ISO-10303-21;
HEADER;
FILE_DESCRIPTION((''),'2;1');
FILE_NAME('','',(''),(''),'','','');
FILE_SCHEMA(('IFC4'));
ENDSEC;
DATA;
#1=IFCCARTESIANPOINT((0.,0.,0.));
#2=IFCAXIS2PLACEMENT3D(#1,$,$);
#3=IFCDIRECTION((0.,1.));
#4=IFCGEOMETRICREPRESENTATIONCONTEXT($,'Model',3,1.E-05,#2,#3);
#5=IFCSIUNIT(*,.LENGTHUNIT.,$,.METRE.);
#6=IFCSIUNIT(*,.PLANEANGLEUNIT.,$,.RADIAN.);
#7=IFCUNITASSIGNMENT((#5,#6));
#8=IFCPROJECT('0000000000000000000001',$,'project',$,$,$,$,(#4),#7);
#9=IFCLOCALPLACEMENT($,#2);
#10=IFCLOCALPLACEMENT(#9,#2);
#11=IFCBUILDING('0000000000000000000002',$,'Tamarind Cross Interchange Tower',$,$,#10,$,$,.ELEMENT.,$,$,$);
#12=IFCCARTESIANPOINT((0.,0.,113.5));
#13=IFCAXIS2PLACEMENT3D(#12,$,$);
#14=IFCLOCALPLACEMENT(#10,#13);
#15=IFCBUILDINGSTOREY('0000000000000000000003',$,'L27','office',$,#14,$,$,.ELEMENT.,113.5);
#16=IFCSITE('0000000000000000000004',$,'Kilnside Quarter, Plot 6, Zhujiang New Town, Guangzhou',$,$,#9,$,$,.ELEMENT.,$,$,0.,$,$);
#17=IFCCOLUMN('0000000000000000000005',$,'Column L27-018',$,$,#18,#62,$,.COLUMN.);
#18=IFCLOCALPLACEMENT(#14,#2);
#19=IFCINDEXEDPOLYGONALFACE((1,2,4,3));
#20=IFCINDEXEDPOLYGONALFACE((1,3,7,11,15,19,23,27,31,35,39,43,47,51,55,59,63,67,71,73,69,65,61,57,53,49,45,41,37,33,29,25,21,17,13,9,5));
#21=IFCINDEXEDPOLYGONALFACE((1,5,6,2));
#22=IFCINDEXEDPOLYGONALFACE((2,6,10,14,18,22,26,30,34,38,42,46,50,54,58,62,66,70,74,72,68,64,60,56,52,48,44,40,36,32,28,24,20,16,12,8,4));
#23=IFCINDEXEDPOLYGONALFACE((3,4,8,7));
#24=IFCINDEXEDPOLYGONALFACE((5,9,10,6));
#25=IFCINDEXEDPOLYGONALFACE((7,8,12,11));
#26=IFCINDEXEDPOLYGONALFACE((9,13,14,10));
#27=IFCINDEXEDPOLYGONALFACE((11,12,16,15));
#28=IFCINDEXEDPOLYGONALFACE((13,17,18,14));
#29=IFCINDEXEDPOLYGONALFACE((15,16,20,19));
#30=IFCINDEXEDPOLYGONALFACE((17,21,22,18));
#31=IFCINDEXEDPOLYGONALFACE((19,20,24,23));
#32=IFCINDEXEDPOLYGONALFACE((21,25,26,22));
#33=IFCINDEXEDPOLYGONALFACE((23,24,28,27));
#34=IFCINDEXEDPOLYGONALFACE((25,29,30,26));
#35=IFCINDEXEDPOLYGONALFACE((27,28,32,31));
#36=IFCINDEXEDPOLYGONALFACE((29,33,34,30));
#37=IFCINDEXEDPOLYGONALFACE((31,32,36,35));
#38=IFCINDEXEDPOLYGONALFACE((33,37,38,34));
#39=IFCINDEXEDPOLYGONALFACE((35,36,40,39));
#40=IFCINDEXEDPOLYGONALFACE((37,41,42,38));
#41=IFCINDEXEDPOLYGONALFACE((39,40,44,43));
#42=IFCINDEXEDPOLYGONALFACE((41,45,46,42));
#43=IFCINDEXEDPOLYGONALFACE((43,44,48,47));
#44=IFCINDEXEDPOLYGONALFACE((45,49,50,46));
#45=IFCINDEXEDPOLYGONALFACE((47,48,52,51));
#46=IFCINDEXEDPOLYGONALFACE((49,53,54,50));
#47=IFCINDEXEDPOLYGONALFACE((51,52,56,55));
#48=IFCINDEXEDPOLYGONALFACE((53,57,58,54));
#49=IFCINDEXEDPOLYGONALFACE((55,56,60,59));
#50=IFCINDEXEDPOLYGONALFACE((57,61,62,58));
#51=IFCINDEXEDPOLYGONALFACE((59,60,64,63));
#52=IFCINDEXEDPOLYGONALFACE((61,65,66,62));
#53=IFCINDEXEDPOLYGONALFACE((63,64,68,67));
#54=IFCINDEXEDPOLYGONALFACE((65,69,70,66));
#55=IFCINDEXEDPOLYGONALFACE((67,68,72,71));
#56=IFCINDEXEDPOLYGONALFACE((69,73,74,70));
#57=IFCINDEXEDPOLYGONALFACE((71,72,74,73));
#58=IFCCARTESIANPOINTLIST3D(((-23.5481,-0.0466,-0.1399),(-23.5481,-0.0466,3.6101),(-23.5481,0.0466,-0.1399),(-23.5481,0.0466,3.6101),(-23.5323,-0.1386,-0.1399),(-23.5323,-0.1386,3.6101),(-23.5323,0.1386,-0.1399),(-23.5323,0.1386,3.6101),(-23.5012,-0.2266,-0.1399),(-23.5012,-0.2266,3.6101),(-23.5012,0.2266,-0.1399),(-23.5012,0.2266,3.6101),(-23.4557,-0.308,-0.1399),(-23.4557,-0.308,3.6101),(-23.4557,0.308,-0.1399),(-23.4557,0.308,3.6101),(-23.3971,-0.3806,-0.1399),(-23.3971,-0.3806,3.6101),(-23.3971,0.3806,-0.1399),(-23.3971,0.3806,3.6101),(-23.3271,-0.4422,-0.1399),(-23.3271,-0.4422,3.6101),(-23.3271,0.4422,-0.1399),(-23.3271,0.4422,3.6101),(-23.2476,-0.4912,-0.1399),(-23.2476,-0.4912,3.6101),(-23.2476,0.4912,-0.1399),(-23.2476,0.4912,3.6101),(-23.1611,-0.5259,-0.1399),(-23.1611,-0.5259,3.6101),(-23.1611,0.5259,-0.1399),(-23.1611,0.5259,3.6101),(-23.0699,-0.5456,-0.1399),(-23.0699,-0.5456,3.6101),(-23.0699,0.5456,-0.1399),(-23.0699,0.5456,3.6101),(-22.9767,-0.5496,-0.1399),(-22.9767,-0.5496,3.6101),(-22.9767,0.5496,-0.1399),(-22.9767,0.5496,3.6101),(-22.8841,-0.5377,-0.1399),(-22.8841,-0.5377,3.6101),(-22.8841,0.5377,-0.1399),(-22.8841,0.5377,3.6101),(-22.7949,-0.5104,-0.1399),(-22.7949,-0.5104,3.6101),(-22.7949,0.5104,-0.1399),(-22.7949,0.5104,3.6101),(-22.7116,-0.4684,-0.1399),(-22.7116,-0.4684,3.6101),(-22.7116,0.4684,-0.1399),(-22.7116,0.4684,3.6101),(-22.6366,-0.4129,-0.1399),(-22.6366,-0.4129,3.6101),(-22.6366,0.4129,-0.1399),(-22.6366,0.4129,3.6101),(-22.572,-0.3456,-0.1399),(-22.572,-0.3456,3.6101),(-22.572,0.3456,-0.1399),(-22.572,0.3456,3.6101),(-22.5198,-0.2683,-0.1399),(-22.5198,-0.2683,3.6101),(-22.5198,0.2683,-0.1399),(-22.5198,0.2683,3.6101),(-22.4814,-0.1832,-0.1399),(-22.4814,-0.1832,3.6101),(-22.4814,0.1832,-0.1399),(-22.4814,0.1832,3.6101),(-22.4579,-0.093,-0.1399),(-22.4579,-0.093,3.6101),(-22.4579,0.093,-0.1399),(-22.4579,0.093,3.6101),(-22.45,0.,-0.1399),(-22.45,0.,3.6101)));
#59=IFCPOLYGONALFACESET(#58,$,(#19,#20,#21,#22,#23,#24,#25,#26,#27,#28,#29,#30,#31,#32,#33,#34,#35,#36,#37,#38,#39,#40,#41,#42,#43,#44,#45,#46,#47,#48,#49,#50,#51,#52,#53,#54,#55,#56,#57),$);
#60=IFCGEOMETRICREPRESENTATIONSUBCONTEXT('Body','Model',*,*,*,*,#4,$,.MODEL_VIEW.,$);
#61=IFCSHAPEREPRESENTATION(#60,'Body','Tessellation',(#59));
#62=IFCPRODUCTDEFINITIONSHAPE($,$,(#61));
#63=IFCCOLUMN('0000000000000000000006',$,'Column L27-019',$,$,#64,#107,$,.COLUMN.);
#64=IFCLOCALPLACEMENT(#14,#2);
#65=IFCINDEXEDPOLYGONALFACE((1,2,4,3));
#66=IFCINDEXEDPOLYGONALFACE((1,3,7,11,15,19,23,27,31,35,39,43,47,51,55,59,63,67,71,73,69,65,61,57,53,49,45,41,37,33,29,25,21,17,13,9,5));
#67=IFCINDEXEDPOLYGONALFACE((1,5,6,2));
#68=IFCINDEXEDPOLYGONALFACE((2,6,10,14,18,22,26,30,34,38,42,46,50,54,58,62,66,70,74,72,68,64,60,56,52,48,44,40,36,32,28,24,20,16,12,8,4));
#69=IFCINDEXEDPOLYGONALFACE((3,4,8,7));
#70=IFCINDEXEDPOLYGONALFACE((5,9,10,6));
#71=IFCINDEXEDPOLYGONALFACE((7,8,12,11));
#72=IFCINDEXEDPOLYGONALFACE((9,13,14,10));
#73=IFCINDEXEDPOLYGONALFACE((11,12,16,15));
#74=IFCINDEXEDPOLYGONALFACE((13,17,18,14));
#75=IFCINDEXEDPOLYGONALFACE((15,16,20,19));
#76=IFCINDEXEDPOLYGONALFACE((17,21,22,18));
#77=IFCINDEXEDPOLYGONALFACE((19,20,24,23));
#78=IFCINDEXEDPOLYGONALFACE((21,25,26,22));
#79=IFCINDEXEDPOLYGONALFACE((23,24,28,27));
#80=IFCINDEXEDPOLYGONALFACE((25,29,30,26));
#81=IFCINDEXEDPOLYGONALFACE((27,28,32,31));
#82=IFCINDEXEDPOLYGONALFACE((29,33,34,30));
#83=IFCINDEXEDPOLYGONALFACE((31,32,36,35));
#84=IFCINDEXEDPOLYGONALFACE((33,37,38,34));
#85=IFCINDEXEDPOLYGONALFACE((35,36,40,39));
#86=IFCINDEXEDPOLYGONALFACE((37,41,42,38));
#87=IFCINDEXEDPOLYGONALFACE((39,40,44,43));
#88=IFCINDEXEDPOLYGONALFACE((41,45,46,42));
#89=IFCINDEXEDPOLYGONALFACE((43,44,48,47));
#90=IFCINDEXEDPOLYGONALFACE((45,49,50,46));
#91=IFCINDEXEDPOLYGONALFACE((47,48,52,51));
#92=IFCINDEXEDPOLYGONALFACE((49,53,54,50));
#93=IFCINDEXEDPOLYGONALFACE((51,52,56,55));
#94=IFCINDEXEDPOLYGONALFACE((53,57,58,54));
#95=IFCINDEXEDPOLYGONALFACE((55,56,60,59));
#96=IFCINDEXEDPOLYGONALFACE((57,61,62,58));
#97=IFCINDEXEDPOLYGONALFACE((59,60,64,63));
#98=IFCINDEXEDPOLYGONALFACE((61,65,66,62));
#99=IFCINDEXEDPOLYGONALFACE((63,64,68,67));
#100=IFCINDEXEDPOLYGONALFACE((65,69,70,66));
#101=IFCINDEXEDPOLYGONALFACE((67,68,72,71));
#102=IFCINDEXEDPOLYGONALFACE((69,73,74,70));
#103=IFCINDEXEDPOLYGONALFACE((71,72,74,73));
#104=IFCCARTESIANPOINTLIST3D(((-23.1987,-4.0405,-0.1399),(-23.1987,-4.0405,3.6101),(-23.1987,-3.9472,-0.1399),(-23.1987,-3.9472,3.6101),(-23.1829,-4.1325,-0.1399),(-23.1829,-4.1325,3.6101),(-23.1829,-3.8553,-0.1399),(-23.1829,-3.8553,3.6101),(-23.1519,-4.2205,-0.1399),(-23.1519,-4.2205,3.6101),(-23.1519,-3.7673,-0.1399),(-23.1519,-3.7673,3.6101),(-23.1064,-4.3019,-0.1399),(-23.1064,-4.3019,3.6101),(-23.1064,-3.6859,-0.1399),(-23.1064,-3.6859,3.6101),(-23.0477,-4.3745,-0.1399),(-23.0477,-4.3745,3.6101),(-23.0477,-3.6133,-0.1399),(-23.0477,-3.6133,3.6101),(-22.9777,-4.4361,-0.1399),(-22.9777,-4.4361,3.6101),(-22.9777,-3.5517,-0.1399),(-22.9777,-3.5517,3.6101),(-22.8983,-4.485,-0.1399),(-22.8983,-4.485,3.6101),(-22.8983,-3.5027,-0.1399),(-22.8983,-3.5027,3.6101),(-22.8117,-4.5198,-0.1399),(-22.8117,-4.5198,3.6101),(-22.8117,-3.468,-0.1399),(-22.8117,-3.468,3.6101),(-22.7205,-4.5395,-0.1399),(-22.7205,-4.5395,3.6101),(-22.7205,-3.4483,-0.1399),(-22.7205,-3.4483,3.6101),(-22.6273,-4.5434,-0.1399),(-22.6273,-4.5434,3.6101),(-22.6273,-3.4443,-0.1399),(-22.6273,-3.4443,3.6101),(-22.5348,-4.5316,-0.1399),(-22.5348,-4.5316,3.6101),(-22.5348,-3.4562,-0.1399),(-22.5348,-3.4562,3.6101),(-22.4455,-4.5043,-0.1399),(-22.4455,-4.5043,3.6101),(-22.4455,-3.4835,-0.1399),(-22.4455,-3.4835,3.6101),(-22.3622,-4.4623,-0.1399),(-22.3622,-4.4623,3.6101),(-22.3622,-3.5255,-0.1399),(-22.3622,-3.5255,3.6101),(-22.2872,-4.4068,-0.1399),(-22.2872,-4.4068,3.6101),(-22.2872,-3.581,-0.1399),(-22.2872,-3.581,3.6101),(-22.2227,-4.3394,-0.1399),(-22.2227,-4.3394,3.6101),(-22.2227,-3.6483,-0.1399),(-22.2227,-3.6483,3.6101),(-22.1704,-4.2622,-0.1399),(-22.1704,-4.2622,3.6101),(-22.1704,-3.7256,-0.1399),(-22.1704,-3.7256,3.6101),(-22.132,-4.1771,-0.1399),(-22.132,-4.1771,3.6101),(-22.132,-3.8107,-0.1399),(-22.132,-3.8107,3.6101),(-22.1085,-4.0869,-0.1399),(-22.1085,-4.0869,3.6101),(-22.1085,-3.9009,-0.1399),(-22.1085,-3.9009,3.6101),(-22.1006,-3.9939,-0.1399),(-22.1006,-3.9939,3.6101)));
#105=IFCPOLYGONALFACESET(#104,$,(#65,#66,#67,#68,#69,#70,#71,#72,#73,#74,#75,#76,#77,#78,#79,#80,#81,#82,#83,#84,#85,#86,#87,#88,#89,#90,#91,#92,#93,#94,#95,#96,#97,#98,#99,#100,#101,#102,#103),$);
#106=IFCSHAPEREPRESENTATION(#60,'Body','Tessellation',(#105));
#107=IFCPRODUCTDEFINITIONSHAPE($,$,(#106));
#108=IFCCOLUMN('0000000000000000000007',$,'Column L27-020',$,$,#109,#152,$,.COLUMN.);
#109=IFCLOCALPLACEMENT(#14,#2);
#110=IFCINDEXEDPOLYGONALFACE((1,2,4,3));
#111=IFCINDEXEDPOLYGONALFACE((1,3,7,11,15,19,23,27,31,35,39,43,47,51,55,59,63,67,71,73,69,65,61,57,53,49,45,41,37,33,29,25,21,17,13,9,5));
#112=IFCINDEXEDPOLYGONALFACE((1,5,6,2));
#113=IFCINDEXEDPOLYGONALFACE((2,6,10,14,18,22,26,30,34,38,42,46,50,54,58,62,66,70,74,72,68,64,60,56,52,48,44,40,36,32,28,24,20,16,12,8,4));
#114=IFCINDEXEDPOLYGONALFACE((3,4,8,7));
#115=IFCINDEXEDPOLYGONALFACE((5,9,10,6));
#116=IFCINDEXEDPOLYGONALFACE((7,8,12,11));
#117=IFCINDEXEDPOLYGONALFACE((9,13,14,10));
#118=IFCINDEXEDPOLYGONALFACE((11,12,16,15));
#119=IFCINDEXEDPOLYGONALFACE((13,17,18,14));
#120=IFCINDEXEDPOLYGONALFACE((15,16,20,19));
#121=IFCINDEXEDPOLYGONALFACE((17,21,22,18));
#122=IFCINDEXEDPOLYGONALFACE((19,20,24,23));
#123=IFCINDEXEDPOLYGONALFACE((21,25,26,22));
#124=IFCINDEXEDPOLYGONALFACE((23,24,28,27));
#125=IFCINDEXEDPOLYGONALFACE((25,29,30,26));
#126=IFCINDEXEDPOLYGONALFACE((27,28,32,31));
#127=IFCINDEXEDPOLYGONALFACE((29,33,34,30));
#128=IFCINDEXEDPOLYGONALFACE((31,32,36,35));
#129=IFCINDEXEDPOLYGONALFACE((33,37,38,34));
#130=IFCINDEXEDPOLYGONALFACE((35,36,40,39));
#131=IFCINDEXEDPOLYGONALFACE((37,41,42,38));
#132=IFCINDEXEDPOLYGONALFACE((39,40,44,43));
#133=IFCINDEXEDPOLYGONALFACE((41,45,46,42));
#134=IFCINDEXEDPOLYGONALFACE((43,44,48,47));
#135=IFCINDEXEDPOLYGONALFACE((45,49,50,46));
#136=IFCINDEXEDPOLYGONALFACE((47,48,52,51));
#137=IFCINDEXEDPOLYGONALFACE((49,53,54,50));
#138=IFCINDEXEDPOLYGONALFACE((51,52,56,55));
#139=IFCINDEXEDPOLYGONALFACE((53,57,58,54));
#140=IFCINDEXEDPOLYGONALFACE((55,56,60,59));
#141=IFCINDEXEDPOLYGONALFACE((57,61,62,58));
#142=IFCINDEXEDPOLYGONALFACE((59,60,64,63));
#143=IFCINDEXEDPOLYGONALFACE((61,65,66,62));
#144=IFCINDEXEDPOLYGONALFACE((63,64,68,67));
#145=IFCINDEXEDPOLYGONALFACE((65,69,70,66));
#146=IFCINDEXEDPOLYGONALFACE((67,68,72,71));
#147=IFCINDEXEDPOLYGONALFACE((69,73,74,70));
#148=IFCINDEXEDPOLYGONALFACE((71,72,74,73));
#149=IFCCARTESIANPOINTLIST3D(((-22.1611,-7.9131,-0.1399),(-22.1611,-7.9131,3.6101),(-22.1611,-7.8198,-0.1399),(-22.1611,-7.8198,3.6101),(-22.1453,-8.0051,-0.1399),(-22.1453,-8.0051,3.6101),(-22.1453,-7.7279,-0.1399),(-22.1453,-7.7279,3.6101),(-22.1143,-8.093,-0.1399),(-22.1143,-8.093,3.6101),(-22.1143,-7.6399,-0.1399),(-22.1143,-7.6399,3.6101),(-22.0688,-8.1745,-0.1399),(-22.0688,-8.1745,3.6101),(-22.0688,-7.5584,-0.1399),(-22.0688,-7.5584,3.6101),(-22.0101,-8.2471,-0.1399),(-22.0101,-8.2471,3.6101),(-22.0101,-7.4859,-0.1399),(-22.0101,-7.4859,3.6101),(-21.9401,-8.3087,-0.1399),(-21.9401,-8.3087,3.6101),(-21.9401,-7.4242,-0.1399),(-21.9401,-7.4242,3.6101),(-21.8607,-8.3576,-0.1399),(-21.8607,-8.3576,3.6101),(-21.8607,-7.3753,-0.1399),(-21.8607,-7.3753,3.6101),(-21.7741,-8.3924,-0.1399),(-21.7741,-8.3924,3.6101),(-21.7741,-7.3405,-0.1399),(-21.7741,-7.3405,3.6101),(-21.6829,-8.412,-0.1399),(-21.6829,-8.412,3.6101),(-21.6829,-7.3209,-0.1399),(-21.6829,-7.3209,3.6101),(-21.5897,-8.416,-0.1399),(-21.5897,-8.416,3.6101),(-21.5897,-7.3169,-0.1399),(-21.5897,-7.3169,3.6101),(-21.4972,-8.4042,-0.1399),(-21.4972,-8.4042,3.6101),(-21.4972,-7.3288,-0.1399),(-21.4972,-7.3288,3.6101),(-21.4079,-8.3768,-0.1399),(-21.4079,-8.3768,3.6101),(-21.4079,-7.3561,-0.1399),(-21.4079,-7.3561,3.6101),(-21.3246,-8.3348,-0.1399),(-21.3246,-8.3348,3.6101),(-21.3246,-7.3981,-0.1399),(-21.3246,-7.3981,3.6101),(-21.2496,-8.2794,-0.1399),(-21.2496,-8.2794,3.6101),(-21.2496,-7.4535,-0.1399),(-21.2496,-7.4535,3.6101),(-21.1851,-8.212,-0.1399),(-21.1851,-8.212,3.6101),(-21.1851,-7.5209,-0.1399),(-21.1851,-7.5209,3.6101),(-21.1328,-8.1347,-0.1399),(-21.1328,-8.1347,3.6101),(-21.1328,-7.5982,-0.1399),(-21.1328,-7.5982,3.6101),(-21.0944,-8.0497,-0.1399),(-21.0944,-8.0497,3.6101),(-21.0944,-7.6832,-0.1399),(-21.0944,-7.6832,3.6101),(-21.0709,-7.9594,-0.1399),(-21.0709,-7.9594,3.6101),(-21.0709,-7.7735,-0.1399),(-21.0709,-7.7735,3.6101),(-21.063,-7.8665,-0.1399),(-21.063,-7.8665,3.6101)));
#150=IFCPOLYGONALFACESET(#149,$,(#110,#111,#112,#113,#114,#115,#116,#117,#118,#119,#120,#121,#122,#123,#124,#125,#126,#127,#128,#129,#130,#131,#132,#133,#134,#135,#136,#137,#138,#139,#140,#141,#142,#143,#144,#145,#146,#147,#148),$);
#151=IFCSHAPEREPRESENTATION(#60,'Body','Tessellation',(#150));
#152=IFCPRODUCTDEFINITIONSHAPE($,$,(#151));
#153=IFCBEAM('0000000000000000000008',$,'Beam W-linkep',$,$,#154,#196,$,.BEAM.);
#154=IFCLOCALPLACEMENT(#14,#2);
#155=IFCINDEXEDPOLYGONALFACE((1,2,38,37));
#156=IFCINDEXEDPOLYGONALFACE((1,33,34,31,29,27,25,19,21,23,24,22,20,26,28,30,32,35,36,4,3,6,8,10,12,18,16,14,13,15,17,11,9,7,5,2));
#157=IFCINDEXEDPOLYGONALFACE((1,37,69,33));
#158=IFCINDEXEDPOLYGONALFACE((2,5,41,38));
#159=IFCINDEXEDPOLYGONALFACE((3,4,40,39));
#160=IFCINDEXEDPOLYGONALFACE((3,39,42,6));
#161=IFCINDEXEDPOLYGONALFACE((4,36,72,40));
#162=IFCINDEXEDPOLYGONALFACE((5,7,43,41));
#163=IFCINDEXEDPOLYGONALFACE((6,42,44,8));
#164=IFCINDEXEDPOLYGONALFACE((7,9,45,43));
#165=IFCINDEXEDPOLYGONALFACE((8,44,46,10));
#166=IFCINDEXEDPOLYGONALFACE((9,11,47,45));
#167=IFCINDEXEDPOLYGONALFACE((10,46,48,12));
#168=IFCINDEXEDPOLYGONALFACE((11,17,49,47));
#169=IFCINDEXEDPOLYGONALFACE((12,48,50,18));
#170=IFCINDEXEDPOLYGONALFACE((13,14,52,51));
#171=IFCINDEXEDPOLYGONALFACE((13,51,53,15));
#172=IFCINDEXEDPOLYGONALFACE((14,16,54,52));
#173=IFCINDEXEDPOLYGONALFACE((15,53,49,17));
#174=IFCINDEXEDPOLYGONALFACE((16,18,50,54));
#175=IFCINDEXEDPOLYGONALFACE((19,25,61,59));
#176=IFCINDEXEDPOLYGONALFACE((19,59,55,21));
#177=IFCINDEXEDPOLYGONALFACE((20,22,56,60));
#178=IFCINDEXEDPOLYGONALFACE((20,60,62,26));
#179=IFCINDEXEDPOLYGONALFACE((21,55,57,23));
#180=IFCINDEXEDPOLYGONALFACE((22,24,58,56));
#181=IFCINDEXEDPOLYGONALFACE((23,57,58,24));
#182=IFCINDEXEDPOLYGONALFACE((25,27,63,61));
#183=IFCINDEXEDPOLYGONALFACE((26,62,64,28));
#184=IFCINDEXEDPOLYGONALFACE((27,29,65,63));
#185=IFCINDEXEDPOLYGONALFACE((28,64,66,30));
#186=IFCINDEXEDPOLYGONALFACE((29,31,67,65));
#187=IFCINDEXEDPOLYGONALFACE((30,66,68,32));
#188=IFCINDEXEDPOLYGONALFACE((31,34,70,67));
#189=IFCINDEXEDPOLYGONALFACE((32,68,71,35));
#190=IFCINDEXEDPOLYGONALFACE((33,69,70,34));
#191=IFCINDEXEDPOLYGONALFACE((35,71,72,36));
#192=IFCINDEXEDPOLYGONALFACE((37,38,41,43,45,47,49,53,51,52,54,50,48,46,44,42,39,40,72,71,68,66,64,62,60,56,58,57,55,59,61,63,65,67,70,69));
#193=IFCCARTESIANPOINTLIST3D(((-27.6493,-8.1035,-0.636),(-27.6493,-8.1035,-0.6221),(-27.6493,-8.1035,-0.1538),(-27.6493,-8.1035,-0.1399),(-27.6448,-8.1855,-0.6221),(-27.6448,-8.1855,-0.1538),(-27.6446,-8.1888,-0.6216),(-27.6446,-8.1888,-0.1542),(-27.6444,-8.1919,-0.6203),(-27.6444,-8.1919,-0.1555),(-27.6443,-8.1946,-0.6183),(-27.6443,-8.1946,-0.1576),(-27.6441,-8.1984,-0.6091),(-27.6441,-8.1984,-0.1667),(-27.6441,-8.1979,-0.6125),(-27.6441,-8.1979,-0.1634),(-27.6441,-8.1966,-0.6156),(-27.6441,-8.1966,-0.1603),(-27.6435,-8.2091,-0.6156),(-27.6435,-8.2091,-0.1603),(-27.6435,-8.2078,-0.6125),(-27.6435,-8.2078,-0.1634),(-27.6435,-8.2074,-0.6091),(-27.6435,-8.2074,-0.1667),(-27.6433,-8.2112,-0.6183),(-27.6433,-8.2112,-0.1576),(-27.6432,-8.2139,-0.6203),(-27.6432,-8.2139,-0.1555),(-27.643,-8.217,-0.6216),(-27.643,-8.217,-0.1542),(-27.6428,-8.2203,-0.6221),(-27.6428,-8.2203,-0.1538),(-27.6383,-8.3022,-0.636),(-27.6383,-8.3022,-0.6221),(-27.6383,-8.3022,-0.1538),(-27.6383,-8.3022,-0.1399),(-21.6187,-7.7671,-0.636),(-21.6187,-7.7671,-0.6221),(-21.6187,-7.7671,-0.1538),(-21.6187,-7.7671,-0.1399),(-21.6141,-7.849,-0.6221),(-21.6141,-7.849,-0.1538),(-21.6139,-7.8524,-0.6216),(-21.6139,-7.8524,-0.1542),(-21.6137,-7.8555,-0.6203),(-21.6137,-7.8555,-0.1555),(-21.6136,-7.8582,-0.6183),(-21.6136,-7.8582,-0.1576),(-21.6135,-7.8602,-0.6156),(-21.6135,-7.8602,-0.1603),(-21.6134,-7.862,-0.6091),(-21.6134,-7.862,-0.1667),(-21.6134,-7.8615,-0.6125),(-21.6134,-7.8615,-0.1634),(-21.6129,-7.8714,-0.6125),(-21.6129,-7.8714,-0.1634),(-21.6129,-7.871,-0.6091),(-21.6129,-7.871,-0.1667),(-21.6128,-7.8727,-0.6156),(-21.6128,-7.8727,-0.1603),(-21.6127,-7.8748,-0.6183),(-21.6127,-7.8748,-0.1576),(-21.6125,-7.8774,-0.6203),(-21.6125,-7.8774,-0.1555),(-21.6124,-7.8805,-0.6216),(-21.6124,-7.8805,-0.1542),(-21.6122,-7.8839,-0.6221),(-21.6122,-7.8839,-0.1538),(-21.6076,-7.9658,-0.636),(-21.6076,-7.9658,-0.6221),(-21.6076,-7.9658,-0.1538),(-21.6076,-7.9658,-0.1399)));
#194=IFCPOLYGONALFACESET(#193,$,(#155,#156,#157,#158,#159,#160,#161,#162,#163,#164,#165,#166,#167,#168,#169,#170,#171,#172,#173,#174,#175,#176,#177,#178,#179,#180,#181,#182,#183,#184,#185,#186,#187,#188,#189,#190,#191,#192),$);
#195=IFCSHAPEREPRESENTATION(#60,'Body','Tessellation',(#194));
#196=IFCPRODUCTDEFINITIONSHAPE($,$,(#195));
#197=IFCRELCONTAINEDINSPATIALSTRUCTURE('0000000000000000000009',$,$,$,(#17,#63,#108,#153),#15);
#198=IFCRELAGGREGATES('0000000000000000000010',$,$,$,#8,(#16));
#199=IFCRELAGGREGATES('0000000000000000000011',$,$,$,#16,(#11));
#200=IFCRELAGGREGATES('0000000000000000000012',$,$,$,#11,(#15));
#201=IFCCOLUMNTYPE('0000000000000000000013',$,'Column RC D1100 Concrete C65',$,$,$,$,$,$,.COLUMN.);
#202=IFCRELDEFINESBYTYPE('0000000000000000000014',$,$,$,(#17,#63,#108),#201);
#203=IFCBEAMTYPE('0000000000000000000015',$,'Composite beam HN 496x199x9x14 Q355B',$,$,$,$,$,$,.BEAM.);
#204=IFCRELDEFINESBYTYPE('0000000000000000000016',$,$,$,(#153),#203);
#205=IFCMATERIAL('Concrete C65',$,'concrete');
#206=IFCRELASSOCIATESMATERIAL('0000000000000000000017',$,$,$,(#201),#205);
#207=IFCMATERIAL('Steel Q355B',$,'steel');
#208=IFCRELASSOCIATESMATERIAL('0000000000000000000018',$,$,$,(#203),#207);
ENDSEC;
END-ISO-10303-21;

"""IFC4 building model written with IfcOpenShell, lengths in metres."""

from ifc_helpers import new_model, si_unit, direction, frame, origin, origin_2d, place, context, subcontext, project, spatial, circle, i_section, extrude, material, material_profile, profile_set, type_object, element, save


model = new_model("IFC4")

# Units and contexts
model_context = context("Model", 3, precision=1e-05, world=origin(), true_north=direction((0.0, 1.0)))
body_context = subcontext(model_context, "Body", "Model", "MODEL_VIEW")
ifc_project = project(units=[si_unit("LENGTHUNIT", "METRE"), si_unit("PLANEANGLEUNIT", "RADIAN")], contexts=[model_context])

# Site, building, storey
site_placement = place(None, origin())
site = spatial("IfcSite", under=ifc_project, at=site_placement, Name="Kilnside Quarter, Plot 6, Zhujiang New Town, Guangzhou", CompositionType="ELEMENT", RefElevation=0.0)
building_placement = place(site_placement, origin())
building = spatial("IfcBuilding", under=site, at=building_placement, Name="Tamarind Cross Interchange Tower", CompositionType="ELEMENT")
storey_placement = place(building_placement, frame((0.0, 0.0, 113.5)))
storey = spatial("IfcBuildingStorey", under=building, at=storey_placement, Name="L27", Description="office", CompositionType="ELEMENT", Elevation=113.5)

# Columns
ifc_material_1 = material(Name="Concrete C65", Category="concrete")
ifc_material_profile_1 = material_profile(ifc_material_1, circle(Radius=0.55, at=origin_2d()), Name="RC D1100")
ifc_profile_set_1 = profile_set([ifc_material_profile_1], Name="Concrete C65")
column_type = type_object("IfcColumnType", Name="Column RC D1100 Concrete C65", PredefinedType="COLUMN", material=ifc_profile_set_1)
for number, where, z_axis, x_axis, name in (
    (1, (-23.0, 0.0, -0.1399), (0.0, 0.0, 1.0), (1.0, 0.0, 0.0), "Column L27-018"),
    (2, (-22.6506, -3.9939, -0.1399), (0.0, 0.0, 1.0), (1.0, 0.0, 0.0), "Column L27-019"),
    (3, (-21.613, -7.8665, -0.1399), (0.0, 0.0, 1.0), (1.0, 0.0, 0.0), "Column L27-020"),
):
    element("IfcColumn", number, at=place(storey_placement, frame(where, z_axis=z_axis, x_axis=x_axis)), inside=storey, type_object=column_type, Name=name, PredefinedType="COLUMN", context=body_context, shape_type="SweptSolid", body=[
        extrude(circle(Radius=0.55, at=origin_2d()), origin(), (0.0, 0.0, 1.0), 3.75),
    ])

# Beam
ifc_material_2 = material(Name="Steel Q355B", Category="steel")
ifc_material_profile_2 = material_profile(ifc_material_2, i_section(OverallWidth=0.199, OverallDepth=0.4961, WebThickness=0.009, FlangeThickness=0.0139, FilletRadius=0.0129, at=origin_2d()), Name="HN 496x199x9x14")
ifc_profile_set_2 = profile_set([ifc_material_profile_2], Name="Steel Q355B")
beam_type_1 = type_object("IfcBeamType", Name="Composite beam HN 496x199x9x14 Q355B", PredefinedType="BEAM", material=ifc_profile_set_2)
beam_1_placement = place(storey_placement, frame((-27.6438, -8.2029, -0.3879), z_axis=(0.998448, 0.055698, 0.0), x_axis=(-0.055698, 0.998448, 0.0)))
element("IfcBeam", 4, at=beam_1_placement, inside=storey, type_object=beam_type_1, Name="Beam W-linkep", PredefinedType="BEAM", context=body_context, shape_type="SweptSolid", body=[
    extrude(i_section(OverallWidth=0.199, OverallDepth=0.4961, WebThickness=0.009, FlangeThickness=0.0139, FilletRadius=0.0129, at=origin_2d()), origin(), (0.0, 0.0, 1.0), 6.04),
])

save(model, "model.ifc")
